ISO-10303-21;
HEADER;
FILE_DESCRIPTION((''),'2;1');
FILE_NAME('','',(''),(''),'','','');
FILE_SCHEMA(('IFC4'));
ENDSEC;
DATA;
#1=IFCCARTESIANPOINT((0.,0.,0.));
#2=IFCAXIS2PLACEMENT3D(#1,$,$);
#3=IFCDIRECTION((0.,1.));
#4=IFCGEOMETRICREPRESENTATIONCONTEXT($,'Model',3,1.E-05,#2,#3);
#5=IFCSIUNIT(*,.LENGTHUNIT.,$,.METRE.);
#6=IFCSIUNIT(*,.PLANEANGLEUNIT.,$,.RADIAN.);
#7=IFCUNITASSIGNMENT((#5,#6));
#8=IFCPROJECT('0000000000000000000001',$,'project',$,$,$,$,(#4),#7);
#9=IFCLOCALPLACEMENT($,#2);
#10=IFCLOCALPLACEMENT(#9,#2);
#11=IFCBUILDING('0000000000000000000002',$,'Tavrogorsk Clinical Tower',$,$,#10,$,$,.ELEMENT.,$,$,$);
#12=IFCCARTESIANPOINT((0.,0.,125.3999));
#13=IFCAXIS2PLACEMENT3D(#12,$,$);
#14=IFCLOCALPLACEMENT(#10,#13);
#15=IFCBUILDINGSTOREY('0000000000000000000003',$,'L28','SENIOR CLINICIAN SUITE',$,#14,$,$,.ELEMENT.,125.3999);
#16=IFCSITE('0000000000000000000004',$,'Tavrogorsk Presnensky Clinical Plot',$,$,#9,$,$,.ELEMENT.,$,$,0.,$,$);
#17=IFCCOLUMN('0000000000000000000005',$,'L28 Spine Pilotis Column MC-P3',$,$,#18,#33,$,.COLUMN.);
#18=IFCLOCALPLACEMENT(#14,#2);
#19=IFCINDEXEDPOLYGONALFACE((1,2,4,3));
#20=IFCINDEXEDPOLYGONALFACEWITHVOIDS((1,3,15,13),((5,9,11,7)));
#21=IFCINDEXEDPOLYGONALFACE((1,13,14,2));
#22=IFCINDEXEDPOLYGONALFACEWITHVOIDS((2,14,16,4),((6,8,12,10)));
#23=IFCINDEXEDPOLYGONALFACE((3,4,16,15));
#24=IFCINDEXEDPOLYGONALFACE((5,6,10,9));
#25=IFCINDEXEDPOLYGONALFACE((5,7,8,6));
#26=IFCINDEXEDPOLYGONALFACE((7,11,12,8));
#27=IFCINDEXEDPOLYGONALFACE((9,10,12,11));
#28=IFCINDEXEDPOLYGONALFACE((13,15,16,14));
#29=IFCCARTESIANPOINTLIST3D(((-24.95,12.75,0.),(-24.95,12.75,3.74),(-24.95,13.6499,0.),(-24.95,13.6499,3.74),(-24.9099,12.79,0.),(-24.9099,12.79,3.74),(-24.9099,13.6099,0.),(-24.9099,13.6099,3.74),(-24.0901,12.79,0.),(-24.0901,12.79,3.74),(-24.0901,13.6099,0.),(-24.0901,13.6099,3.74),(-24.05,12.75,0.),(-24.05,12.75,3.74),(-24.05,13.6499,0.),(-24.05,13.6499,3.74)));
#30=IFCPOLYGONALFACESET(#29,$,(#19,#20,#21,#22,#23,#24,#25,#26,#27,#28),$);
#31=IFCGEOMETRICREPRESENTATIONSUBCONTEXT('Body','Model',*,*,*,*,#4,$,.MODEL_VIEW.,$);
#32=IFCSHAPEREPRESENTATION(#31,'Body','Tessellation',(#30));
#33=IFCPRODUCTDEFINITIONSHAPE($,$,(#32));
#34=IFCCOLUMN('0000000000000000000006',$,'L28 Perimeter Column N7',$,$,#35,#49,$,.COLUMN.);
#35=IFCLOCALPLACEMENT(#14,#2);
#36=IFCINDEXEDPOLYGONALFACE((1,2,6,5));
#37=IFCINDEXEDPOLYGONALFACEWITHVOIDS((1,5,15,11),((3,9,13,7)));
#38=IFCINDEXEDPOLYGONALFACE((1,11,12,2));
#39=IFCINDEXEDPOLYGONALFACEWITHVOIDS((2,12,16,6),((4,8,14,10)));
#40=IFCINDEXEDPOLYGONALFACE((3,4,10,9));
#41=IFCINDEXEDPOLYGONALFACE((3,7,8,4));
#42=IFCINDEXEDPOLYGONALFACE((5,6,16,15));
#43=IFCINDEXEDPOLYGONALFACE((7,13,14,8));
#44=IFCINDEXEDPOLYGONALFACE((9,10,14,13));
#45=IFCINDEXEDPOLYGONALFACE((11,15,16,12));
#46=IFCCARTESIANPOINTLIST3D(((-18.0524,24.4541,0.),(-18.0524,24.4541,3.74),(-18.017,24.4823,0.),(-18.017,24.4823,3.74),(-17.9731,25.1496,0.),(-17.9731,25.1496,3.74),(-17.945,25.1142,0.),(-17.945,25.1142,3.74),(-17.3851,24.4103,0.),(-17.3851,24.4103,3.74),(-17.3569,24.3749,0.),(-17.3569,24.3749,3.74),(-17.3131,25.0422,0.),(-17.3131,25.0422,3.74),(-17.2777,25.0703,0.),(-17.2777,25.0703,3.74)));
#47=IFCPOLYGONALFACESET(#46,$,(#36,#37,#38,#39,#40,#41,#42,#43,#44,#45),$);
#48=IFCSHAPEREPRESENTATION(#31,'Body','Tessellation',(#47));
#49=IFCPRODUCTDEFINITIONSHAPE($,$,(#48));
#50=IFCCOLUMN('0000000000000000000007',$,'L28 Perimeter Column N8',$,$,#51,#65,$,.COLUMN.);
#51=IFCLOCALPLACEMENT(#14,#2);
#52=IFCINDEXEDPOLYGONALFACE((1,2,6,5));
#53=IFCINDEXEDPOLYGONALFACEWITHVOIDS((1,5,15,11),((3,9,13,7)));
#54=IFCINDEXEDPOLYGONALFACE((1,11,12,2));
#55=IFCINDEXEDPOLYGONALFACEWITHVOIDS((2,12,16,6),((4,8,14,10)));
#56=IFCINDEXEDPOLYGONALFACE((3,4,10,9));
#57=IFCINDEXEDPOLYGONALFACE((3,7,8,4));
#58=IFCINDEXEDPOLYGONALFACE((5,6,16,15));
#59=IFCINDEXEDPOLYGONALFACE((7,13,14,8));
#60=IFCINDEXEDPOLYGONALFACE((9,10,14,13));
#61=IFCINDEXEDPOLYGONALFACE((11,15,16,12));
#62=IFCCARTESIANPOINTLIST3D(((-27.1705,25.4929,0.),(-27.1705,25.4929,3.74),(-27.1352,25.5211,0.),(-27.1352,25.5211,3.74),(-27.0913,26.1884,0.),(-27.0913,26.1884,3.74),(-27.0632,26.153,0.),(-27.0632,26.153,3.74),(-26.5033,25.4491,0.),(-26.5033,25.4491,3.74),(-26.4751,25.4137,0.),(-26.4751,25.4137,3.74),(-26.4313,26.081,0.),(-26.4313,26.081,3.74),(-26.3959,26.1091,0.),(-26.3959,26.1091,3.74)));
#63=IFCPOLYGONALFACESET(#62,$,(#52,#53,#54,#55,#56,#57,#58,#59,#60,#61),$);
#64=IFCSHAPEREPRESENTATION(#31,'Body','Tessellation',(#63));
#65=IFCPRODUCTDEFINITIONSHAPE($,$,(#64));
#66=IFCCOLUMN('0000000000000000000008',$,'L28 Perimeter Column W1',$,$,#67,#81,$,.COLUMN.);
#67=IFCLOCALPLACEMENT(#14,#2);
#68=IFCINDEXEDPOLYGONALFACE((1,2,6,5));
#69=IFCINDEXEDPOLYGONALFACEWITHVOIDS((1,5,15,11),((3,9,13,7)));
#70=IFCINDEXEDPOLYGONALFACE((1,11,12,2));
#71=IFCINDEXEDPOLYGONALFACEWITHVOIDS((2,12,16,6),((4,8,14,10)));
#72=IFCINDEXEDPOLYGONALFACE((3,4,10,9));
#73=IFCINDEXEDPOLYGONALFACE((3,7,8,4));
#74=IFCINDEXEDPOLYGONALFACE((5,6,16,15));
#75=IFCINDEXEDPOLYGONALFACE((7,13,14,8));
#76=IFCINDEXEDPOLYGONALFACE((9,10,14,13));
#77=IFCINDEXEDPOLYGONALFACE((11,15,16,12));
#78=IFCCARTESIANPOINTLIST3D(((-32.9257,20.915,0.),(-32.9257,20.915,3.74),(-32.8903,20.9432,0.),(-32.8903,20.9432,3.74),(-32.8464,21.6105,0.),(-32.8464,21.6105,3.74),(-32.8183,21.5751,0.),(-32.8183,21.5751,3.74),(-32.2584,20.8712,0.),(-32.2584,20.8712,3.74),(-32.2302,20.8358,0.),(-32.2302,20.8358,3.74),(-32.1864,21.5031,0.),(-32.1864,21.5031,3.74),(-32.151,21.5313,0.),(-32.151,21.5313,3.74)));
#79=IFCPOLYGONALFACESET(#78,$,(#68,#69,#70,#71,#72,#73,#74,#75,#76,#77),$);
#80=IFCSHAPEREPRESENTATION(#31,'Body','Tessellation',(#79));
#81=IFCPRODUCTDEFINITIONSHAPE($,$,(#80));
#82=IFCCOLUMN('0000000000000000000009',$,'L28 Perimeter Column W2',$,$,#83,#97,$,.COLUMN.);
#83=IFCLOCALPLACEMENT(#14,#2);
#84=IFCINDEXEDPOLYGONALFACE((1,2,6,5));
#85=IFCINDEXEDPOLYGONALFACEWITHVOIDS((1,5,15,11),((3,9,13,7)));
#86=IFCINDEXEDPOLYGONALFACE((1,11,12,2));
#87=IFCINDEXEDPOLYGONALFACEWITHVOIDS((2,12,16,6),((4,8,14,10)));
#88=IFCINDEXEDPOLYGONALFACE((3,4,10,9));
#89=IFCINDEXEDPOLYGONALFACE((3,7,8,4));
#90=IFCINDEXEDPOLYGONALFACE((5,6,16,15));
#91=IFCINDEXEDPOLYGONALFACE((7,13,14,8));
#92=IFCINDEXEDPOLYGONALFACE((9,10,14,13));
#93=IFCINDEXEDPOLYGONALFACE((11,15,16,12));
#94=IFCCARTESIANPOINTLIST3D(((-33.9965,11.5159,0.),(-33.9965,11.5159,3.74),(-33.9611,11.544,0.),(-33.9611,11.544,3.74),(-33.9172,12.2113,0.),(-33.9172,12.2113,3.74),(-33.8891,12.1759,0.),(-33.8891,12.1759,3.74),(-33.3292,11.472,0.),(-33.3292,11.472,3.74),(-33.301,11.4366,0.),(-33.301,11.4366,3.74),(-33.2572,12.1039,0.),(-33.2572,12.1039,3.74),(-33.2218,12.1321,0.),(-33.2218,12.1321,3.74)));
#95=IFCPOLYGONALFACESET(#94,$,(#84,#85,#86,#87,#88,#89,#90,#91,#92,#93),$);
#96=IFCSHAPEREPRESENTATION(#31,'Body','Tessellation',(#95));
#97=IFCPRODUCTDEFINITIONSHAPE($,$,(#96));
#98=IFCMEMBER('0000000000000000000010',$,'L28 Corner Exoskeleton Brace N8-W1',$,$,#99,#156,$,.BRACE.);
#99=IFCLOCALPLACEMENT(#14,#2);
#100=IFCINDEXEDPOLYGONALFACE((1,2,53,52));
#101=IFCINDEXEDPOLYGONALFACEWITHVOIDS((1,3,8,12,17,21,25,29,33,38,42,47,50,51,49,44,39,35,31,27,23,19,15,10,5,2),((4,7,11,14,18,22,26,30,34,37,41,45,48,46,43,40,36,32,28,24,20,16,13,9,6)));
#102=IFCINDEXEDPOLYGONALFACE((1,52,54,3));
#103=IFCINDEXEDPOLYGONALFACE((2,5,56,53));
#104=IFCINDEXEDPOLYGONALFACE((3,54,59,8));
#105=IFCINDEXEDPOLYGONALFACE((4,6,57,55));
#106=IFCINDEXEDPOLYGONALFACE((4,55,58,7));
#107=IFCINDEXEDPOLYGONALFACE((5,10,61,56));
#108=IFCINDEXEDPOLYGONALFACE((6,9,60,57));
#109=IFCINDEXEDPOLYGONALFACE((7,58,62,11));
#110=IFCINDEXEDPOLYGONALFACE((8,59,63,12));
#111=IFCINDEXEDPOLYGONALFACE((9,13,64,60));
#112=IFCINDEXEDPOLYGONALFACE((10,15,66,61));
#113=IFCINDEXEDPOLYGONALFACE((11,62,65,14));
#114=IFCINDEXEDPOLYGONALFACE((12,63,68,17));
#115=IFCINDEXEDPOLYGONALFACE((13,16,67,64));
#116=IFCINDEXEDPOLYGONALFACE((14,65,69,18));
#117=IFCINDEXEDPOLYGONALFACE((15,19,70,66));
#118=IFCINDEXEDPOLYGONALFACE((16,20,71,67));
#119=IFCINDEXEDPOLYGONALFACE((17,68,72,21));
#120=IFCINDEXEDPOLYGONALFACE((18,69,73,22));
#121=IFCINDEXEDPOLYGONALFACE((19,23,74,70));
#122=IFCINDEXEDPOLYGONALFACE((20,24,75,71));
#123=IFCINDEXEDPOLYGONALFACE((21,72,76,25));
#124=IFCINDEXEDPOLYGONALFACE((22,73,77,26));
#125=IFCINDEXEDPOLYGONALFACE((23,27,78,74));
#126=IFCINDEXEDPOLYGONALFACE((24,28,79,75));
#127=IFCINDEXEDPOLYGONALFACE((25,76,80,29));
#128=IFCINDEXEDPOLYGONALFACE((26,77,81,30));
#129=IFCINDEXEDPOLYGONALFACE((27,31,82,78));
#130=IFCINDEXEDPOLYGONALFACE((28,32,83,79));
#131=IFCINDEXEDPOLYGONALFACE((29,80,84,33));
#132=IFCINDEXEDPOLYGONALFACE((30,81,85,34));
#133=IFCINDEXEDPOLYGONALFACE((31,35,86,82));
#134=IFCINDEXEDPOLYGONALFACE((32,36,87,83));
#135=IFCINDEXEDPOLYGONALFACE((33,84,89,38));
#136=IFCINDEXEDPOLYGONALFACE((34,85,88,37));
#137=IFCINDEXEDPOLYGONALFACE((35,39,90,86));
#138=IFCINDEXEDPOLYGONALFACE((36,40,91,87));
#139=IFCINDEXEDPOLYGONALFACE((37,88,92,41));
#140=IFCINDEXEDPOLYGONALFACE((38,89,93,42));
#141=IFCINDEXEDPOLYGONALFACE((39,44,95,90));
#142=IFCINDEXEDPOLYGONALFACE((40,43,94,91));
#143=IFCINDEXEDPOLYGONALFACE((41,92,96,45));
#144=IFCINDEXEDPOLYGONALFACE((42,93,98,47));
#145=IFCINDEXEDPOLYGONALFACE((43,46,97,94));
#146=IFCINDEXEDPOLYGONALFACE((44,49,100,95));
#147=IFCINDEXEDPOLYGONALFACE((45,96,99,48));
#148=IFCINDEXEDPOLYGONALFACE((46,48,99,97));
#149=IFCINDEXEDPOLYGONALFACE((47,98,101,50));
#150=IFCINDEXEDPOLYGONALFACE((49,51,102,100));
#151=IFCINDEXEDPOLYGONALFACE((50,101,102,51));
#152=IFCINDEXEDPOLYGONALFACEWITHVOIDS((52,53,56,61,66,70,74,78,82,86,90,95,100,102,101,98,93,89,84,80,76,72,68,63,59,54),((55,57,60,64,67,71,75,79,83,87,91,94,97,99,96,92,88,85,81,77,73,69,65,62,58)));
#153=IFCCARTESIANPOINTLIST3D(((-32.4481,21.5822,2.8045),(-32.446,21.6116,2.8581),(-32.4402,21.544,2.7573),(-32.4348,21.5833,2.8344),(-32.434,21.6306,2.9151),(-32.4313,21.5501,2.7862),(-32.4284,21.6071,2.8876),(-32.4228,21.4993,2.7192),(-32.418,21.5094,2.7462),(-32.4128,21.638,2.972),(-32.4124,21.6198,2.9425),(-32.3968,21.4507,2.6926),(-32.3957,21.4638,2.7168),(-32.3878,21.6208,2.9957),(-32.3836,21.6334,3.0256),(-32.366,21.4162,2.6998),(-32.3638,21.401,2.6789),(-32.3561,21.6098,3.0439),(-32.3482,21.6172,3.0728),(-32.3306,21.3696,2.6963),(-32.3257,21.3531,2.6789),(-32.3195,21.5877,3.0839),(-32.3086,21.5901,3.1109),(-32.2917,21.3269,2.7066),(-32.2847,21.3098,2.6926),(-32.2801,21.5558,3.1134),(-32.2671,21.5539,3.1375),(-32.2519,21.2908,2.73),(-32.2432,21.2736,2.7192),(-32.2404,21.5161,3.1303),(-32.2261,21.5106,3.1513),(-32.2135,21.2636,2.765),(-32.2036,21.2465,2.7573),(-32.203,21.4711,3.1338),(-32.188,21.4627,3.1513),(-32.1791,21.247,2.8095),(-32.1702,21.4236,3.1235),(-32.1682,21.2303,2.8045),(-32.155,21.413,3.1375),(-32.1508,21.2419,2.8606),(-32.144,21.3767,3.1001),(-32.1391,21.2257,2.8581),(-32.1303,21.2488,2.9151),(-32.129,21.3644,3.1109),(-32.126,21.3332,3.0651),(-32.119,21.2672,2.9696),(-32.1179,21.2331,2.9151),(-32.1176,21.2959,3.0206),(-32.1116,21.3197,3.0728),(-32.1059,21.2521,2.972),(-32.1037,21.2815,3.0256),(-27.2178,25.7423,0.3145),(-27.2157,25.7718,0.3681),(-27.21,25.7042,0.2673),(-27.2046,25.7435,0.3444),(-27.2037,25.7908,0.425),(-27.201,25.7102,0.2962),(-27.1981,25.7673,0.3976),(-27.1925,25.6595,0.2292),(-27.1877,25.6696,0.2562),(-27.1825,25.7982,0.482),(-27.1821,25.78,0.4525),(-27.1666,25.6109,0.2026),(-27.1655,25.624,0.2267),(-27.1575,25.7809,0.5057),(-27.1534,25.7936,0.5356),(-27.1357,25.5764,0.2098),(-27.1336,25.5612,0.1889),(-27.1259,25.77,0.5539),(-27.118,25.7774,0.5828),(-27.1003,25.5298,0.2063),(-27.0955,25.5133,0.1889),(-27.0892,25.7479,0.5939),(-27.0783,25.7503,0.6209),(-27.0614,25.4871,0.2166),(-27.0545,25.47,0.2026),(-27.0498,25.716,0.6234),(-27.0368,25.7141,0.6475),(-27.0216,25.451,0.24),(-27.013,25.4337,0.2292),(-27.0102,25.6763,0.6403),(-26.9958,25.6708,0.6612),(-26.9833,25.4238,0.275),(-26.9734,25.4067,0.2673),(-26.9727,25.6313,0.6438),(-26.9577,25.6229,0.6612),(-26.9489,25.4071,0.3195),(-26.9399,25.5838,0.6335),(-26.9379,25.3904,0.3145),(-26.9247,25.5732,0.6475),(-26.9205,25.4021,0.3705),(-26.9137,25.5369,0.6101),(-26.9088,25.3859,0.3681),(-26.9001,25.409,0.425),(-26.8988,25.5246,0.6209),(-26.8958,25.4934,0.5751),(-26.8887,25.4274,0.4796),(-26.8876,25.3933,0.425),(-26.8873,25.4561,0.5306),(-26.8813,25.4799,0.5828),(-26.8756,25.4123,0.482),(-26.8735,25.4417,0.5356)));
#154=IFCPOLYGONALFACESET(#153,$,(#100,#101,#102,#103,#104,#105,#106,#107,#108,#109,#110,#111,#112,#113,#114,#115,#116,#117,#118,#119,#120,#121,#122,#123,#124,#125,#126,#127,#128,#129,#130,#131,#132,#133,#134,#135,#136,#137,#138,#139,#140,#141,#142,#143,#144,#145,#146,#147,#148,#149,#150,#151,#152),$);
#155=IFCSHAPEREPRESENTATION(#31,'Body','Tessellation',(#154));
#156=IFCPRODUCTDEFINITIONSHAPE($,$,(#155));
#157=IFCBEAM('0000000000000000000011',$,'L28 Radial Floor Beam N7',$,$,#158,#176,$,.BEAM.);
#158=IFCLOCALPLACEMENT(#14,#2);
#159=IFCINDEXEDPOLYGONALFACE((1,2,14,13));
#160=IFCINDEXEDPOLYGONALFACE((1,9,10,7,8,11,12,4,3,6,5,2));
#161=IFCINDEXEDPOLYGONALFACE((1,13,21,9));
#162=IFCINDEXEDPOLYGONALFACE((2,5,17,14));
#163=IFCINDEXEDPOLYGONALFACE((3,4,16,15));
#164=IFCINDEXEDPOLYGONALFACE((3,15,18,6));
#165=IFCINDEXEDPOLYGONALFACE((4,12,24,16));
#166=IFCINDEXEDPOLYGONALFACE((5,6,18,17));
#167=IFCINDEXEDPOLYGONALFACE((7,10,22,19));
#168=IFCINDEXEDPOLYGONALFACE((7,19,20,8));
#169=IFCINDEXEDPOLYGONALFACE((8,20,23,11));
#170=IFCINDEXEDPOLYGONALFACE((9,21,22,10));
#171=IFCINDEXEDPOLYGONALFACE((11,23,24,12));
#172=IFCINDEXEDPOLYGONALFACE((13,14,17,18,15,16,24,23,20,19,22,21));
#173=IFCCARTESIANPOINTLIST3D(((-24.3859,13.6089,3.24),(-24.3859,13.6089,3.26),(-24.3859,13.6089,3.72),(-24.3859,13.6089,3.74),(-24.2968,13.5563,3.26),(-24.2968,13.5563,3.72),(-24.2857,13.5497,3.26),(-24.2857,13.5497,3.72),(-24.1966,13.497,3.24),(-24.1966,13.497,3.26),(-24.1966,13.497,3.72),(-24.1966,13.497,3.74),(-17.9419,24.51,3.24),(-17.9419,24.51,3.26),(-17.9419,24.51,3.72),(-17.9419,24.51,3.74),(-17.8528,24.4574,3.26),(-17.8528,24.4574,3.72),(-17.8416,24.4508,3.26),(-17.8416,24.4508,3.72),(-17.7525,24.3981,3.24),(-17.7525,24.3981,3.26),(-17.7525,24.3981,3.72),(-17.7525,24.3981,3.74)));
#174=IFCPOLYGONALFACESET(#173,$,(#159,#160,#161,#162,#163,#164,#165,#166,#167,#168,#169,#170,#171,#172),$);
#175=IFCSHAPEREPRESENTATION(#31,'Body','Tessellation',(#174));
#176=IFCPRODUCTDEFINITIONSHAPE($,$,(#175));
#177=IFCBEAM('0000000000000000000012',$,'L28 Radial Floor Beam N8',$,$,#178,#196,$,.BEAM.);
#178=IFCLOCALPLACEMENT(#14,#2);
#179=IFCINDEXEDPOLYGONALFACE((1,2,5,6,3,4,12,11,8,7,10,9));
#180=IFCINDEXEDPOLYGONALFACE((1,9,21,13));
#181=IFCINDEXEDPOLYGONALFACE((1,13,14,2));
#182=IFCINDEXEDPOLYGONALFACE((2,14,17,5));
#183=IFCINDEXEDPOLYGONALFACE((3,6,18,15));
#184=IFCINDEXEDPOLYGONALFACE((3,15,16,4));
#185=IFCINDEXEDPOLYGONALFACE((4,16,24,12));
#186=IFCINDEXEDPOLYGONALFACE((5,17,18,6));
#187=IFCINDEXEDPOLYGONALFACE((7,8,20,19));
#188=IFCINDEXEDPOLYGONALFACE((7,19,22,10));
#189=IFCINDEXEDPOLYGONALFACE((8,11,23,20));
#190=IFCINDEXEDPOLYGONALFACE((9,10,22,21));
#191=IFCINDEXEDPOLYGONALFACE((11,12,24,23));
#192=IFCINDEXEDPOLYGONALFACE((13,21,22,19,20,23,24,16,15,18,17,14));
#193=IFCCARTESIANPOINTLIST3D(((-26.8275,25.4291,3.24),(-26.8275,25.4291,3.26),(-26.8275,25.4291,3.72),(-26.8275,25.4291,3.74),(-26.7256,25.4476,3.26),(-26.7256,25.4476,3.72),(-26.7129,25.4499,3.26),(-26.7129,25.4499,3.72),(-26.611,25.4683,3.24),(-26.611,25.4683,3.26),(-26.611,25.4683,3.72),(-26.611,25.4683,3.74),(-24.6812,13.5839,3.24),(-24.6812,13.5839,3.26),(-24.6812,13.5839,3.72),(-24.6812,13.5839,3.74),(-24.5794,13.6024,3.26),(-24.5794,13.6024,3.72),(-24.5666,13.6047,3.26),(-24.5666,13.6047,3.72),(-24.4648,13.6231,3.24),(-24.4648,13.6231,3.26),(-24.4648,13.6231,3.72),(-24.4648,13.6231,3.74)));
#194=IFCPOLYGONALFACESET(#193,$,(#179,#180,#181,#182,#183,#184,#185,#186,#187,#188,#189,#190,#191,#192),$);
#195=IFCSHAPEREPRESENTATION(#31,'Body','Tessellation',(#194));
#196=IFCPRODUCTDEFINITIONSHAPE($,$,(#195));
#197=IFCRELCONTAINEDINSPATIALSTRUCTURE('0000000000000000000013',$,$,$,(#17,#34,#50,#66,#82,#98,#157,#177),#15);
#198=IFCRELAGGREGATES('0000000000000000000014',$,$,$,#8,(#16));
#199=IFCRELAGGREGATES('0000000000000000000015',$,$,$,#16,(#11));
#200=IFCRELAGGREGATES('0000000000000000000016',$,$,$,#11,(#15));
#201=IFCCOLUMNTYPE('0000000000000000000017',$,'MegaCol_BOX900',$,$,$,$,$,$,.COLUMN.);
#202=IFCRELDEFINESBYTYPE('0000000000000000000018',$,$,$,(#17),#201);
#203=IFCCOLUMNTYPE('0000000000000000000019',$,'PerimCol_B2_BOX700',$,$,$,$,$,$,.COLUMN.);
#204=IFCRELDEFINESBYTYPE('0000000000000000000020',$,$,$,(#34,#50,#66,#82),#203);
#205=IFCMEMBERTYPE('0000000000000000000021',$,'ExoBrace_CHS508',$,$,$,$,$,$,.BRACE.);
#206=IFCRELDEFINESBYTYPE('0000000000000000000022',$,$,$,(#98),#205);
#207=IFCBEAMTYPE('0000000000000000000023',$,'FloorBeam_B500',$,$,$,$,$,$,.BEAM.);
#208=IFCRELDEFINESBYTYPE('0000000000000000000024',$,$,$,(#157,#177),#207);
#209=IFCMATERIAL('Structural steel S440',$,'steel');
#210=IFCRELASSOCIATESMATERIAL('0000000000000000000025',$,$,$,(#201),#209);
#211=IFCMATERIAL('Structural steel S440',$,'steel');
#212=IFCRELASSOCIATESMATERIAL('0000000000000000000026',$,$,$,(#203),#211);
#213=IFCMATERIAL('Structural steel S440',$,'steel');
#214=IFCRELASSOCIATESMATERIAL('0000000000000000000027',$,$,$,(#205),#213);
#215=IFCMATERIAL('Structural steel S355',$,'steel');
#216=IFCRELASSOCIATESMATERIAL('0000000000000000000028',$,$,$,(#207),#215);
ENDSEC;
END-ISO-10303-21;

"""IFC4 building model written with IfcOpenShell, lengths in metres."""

from ifc_helpers import new_model, si_unit, direction, frame, origin, origin_2d, place, context, subcontext, project, spatial, hollow_rectangle, hollow_circle, i_section, extrude, material, material_profile, profile_set, type_object, element, save


model = new_model("IFC4")

# Units and contexts
model_context = context("Model", 3, precision=1e-05, world=origin(), true_north=direction((0.0, 1.0)))
body_context = subcontext(model_context, "Body", "Model", "MODEL_VIEW")
ifc_project = project(units=[si_unit("LENGTHUNIT", "METRE"), si_unit("PLANEANGLEUNIT", "RADIAN")], contexts=[model_context])

# Site, building, storey
site_placement = place(None, origin())
site = spatial("IfcSite", under=ifc_project, at=site_placement, Name="Tavrogorsk Presnensky Clinical Plot", CompositionType="ELEMENT", RefElevation=0.0)
building_placement = place(site_placement, origin())
building = spatial("IfcBuilding", under=site, at=building_placement, Name="Tavrogorsk Clinical Tower", CompositionType="ELEMENT")
storey_placement = place(building_placement, frame((0.0, 0.0, 125.3999)))
storey = spatial("IfcBuildingStorey", under=building, at=storey_placement, Name="L28", Description="SENIOR CLINICIAN SUITE", CompositionType="ELEMENT", Elevation=125.3999)

# Columns
ifc_material_1 = material(Name="Structural steel S440", Category="steel")
ifc_material_profile_1 = material_profile(ifc_material_1, hollow_rectangle(XDim=0.8999, YDim=0.8999, WallThickness=0.04, at=origin_2d()), Name="BOX-900x900x40")
ifc_profile_set_1 = profile_set([ifc_material_profile_1], Name="Structural steel S440")
column_type_1 = type_object("IfcColumnType", Name="MegaCol_BOX900", PredefinedType="COLUMN", material=ifc_profile_set_1)
column_placement = place(storey_placement, frame((-24.5, 13.2, 0.0), z_axis=(0.0, 0.0, 1.0), x_axis=(1.0, 0.0, 0.0)))
element("IfcColumn", 1, at=column_placement, inside=storey, type_object=column_type_1, Name="L28 Spine Pilotis Column MC-P3", PredefinedType="COLUMN", context=body_context, shape_type="SweptSolid", body=[
    extrude(hollow_rectangle(XDim=0.8999, YDim=0.8999, WallThickness=0.04, at=origin_2d()), origin(), (0.0, 0.0, 1.0), 3.74),
])
ifc_material_2 = material(Name="Structural steel S440", Category="steel")
ifc_material_profile_2 = material_profile(ifc_material_2, hollow_rectangle(XDim=0.7, YDim=0.7, WallThickness=0.032, at=origin_2d()), Name="BOX-700x700x32")
ifc_profile_set_2 = profile_set([ifc_material_profile_2], Name="Structural steel S440")
column_type_2 = type_object("IfcColumnType", Name="PerimCol_B2_BOX700", PredefinedType="COLUMN", material=ifc_profile_set_2)
for number, where, z_axis, x_axis, name in (
    (2, (-17.665, 24.7622, 0.0), (0.0, 0.0, 1.0), (0.993572, -0.113203, 0.0), "L28 Perimeter Column N7"),
    (3, (-26.7832, 25.801, 0.0), (0.0, 0.0, 1.0), (0.993572, -0.113203, 0.0), "L28 Perimeter Column N8"),
    (4, (-32.5383, 21.2231, 0.0), (0.0, 0.0, 1.0), (0.993572, -0.113203, 0.0), "L28 Perimeter Column W1"),
    (5, (-33.6091, 11.824, 0.0), (0.0, 0.0, 1.0), (0.993572, -0.113203, 0.0), "L28 Perimeter Column W2"),
):
    element("IfcColumn", number, at=place(storey_placement, frame(where, z_axis=z_axis, x_axis=x_axis)), inside=storey, type_object=column_type_2, Name=name, PredefinedType="COLUMN", context=body_context, shape_type="SweptSolid", body=[
        extrude(hollow_rectangle(XDim=0.7, YDim=0.7, WallThickness=0.032, at=origin_2d()), origin(), (0.0, 0.0, 1.0), 3.74),
    ])

# Member
ifc_material_3 = material(Name="Structural steel S440", Category="steel")
ifc_material_profile_3 = material_profile(ifc_material_3, hollow_circle(Radius=0.2539, WallThickness=0.02, at=origin_2d()), Name="CHS-508x20")
ifc_profile_set_3 = profile_set([ifc_material_profile_3], Name="Structural steel S440")
member_type_1 = type_object("IfcMemberType", Name="ExoBrace_CHS508", PredefinedType="BRACE", material=ifc_profile_set_3)
member_1_placement = place(storey_placement, frame((-27.0457, 25.592, 0.425), z_axis=(-0.733369, -0.583327, 0.34914), x_axis=(0.622501, -0.782619, 0.0)))
element("IfcMember", 6, at=member_1_placement, inside=storey, type_object=member_type_1, Name="L28 Corner Exoskeleton Brace N8-W1", PredefinedType="BRACE", context=body_context, shape_type="SweptSolid", body=[
    extrude(hollow_circle(Radius=0.2539, WallThickness=0.02, at=origin_2d()), origin(), (0.0, 0.0, 1.0), 7.1318),
])

# Beams
ifc_material_4 = material(Name="Structural steel S355", Category="steel")
ifc_material_profile_4 = material_profile(ifc_material_4, i_section(OverallWidth=0.22, OverallDepth=0.5, WebThickness=0.0129, FlangeThickness=0.02, at=origin_2d()), Name="B-500x220x13x20")
ifc_profile_set_4 = profile_set([ifc_material_profile_4], Name="Structural steel S355")
beam_type_1 = type_object("IfcBeamType", Name="FloorBeam_B500", PredefinedType="BEAM", material=ifc_profile_set_4)
beam_1_placement = place(storey_placement, frame((-24.2913, 13.553, 3.49), z_axis=(0.508877, 0.860839, 0.0), x_axis=(-0.860839, 0.508877, 0.0)))
element("IfcBeam", 7, at=beam_1_placement, inside=storey, type_object=beam_type_1, Name="L28 Radial Floor Beam N7", PredefinedType="BEAM", context=body_context, shape_type="SweptSolid", body=[
    extrude(i_section(OverallWidth=0.22, OverallDepth=0.5, WebThickness=0.0129, FlangeThickness=0.02, at=origin_2d()), origin(), (0.0, 0.0, 1.0), 12.6633),
])
beam_2_placement = place(storey_placement, frame((-24.573, 13.6035, 3.49), z_axis=(-0.178288, 0.983978, 0.0), x_axis=(-0.983978, -0.178288, 0.0)))
element("IfcBeam", 8, at=beam_2_placement, inside=storey, type_object=beam_type_1, Name="L28 Radial Floor Beam N8", PredefinedType="BEAM", context=body_context, shape_type="SweptSolid", body=[
    extrude(i_section(OverallWidth=0.22, OverallDepth=0.5, WebThickness=0.0129, FlangeThickness=0.02, at=origin_2d()), origin(), (0.0, 0.0, 1.0), 12.0381),
])

save(model, "model.ifc")
